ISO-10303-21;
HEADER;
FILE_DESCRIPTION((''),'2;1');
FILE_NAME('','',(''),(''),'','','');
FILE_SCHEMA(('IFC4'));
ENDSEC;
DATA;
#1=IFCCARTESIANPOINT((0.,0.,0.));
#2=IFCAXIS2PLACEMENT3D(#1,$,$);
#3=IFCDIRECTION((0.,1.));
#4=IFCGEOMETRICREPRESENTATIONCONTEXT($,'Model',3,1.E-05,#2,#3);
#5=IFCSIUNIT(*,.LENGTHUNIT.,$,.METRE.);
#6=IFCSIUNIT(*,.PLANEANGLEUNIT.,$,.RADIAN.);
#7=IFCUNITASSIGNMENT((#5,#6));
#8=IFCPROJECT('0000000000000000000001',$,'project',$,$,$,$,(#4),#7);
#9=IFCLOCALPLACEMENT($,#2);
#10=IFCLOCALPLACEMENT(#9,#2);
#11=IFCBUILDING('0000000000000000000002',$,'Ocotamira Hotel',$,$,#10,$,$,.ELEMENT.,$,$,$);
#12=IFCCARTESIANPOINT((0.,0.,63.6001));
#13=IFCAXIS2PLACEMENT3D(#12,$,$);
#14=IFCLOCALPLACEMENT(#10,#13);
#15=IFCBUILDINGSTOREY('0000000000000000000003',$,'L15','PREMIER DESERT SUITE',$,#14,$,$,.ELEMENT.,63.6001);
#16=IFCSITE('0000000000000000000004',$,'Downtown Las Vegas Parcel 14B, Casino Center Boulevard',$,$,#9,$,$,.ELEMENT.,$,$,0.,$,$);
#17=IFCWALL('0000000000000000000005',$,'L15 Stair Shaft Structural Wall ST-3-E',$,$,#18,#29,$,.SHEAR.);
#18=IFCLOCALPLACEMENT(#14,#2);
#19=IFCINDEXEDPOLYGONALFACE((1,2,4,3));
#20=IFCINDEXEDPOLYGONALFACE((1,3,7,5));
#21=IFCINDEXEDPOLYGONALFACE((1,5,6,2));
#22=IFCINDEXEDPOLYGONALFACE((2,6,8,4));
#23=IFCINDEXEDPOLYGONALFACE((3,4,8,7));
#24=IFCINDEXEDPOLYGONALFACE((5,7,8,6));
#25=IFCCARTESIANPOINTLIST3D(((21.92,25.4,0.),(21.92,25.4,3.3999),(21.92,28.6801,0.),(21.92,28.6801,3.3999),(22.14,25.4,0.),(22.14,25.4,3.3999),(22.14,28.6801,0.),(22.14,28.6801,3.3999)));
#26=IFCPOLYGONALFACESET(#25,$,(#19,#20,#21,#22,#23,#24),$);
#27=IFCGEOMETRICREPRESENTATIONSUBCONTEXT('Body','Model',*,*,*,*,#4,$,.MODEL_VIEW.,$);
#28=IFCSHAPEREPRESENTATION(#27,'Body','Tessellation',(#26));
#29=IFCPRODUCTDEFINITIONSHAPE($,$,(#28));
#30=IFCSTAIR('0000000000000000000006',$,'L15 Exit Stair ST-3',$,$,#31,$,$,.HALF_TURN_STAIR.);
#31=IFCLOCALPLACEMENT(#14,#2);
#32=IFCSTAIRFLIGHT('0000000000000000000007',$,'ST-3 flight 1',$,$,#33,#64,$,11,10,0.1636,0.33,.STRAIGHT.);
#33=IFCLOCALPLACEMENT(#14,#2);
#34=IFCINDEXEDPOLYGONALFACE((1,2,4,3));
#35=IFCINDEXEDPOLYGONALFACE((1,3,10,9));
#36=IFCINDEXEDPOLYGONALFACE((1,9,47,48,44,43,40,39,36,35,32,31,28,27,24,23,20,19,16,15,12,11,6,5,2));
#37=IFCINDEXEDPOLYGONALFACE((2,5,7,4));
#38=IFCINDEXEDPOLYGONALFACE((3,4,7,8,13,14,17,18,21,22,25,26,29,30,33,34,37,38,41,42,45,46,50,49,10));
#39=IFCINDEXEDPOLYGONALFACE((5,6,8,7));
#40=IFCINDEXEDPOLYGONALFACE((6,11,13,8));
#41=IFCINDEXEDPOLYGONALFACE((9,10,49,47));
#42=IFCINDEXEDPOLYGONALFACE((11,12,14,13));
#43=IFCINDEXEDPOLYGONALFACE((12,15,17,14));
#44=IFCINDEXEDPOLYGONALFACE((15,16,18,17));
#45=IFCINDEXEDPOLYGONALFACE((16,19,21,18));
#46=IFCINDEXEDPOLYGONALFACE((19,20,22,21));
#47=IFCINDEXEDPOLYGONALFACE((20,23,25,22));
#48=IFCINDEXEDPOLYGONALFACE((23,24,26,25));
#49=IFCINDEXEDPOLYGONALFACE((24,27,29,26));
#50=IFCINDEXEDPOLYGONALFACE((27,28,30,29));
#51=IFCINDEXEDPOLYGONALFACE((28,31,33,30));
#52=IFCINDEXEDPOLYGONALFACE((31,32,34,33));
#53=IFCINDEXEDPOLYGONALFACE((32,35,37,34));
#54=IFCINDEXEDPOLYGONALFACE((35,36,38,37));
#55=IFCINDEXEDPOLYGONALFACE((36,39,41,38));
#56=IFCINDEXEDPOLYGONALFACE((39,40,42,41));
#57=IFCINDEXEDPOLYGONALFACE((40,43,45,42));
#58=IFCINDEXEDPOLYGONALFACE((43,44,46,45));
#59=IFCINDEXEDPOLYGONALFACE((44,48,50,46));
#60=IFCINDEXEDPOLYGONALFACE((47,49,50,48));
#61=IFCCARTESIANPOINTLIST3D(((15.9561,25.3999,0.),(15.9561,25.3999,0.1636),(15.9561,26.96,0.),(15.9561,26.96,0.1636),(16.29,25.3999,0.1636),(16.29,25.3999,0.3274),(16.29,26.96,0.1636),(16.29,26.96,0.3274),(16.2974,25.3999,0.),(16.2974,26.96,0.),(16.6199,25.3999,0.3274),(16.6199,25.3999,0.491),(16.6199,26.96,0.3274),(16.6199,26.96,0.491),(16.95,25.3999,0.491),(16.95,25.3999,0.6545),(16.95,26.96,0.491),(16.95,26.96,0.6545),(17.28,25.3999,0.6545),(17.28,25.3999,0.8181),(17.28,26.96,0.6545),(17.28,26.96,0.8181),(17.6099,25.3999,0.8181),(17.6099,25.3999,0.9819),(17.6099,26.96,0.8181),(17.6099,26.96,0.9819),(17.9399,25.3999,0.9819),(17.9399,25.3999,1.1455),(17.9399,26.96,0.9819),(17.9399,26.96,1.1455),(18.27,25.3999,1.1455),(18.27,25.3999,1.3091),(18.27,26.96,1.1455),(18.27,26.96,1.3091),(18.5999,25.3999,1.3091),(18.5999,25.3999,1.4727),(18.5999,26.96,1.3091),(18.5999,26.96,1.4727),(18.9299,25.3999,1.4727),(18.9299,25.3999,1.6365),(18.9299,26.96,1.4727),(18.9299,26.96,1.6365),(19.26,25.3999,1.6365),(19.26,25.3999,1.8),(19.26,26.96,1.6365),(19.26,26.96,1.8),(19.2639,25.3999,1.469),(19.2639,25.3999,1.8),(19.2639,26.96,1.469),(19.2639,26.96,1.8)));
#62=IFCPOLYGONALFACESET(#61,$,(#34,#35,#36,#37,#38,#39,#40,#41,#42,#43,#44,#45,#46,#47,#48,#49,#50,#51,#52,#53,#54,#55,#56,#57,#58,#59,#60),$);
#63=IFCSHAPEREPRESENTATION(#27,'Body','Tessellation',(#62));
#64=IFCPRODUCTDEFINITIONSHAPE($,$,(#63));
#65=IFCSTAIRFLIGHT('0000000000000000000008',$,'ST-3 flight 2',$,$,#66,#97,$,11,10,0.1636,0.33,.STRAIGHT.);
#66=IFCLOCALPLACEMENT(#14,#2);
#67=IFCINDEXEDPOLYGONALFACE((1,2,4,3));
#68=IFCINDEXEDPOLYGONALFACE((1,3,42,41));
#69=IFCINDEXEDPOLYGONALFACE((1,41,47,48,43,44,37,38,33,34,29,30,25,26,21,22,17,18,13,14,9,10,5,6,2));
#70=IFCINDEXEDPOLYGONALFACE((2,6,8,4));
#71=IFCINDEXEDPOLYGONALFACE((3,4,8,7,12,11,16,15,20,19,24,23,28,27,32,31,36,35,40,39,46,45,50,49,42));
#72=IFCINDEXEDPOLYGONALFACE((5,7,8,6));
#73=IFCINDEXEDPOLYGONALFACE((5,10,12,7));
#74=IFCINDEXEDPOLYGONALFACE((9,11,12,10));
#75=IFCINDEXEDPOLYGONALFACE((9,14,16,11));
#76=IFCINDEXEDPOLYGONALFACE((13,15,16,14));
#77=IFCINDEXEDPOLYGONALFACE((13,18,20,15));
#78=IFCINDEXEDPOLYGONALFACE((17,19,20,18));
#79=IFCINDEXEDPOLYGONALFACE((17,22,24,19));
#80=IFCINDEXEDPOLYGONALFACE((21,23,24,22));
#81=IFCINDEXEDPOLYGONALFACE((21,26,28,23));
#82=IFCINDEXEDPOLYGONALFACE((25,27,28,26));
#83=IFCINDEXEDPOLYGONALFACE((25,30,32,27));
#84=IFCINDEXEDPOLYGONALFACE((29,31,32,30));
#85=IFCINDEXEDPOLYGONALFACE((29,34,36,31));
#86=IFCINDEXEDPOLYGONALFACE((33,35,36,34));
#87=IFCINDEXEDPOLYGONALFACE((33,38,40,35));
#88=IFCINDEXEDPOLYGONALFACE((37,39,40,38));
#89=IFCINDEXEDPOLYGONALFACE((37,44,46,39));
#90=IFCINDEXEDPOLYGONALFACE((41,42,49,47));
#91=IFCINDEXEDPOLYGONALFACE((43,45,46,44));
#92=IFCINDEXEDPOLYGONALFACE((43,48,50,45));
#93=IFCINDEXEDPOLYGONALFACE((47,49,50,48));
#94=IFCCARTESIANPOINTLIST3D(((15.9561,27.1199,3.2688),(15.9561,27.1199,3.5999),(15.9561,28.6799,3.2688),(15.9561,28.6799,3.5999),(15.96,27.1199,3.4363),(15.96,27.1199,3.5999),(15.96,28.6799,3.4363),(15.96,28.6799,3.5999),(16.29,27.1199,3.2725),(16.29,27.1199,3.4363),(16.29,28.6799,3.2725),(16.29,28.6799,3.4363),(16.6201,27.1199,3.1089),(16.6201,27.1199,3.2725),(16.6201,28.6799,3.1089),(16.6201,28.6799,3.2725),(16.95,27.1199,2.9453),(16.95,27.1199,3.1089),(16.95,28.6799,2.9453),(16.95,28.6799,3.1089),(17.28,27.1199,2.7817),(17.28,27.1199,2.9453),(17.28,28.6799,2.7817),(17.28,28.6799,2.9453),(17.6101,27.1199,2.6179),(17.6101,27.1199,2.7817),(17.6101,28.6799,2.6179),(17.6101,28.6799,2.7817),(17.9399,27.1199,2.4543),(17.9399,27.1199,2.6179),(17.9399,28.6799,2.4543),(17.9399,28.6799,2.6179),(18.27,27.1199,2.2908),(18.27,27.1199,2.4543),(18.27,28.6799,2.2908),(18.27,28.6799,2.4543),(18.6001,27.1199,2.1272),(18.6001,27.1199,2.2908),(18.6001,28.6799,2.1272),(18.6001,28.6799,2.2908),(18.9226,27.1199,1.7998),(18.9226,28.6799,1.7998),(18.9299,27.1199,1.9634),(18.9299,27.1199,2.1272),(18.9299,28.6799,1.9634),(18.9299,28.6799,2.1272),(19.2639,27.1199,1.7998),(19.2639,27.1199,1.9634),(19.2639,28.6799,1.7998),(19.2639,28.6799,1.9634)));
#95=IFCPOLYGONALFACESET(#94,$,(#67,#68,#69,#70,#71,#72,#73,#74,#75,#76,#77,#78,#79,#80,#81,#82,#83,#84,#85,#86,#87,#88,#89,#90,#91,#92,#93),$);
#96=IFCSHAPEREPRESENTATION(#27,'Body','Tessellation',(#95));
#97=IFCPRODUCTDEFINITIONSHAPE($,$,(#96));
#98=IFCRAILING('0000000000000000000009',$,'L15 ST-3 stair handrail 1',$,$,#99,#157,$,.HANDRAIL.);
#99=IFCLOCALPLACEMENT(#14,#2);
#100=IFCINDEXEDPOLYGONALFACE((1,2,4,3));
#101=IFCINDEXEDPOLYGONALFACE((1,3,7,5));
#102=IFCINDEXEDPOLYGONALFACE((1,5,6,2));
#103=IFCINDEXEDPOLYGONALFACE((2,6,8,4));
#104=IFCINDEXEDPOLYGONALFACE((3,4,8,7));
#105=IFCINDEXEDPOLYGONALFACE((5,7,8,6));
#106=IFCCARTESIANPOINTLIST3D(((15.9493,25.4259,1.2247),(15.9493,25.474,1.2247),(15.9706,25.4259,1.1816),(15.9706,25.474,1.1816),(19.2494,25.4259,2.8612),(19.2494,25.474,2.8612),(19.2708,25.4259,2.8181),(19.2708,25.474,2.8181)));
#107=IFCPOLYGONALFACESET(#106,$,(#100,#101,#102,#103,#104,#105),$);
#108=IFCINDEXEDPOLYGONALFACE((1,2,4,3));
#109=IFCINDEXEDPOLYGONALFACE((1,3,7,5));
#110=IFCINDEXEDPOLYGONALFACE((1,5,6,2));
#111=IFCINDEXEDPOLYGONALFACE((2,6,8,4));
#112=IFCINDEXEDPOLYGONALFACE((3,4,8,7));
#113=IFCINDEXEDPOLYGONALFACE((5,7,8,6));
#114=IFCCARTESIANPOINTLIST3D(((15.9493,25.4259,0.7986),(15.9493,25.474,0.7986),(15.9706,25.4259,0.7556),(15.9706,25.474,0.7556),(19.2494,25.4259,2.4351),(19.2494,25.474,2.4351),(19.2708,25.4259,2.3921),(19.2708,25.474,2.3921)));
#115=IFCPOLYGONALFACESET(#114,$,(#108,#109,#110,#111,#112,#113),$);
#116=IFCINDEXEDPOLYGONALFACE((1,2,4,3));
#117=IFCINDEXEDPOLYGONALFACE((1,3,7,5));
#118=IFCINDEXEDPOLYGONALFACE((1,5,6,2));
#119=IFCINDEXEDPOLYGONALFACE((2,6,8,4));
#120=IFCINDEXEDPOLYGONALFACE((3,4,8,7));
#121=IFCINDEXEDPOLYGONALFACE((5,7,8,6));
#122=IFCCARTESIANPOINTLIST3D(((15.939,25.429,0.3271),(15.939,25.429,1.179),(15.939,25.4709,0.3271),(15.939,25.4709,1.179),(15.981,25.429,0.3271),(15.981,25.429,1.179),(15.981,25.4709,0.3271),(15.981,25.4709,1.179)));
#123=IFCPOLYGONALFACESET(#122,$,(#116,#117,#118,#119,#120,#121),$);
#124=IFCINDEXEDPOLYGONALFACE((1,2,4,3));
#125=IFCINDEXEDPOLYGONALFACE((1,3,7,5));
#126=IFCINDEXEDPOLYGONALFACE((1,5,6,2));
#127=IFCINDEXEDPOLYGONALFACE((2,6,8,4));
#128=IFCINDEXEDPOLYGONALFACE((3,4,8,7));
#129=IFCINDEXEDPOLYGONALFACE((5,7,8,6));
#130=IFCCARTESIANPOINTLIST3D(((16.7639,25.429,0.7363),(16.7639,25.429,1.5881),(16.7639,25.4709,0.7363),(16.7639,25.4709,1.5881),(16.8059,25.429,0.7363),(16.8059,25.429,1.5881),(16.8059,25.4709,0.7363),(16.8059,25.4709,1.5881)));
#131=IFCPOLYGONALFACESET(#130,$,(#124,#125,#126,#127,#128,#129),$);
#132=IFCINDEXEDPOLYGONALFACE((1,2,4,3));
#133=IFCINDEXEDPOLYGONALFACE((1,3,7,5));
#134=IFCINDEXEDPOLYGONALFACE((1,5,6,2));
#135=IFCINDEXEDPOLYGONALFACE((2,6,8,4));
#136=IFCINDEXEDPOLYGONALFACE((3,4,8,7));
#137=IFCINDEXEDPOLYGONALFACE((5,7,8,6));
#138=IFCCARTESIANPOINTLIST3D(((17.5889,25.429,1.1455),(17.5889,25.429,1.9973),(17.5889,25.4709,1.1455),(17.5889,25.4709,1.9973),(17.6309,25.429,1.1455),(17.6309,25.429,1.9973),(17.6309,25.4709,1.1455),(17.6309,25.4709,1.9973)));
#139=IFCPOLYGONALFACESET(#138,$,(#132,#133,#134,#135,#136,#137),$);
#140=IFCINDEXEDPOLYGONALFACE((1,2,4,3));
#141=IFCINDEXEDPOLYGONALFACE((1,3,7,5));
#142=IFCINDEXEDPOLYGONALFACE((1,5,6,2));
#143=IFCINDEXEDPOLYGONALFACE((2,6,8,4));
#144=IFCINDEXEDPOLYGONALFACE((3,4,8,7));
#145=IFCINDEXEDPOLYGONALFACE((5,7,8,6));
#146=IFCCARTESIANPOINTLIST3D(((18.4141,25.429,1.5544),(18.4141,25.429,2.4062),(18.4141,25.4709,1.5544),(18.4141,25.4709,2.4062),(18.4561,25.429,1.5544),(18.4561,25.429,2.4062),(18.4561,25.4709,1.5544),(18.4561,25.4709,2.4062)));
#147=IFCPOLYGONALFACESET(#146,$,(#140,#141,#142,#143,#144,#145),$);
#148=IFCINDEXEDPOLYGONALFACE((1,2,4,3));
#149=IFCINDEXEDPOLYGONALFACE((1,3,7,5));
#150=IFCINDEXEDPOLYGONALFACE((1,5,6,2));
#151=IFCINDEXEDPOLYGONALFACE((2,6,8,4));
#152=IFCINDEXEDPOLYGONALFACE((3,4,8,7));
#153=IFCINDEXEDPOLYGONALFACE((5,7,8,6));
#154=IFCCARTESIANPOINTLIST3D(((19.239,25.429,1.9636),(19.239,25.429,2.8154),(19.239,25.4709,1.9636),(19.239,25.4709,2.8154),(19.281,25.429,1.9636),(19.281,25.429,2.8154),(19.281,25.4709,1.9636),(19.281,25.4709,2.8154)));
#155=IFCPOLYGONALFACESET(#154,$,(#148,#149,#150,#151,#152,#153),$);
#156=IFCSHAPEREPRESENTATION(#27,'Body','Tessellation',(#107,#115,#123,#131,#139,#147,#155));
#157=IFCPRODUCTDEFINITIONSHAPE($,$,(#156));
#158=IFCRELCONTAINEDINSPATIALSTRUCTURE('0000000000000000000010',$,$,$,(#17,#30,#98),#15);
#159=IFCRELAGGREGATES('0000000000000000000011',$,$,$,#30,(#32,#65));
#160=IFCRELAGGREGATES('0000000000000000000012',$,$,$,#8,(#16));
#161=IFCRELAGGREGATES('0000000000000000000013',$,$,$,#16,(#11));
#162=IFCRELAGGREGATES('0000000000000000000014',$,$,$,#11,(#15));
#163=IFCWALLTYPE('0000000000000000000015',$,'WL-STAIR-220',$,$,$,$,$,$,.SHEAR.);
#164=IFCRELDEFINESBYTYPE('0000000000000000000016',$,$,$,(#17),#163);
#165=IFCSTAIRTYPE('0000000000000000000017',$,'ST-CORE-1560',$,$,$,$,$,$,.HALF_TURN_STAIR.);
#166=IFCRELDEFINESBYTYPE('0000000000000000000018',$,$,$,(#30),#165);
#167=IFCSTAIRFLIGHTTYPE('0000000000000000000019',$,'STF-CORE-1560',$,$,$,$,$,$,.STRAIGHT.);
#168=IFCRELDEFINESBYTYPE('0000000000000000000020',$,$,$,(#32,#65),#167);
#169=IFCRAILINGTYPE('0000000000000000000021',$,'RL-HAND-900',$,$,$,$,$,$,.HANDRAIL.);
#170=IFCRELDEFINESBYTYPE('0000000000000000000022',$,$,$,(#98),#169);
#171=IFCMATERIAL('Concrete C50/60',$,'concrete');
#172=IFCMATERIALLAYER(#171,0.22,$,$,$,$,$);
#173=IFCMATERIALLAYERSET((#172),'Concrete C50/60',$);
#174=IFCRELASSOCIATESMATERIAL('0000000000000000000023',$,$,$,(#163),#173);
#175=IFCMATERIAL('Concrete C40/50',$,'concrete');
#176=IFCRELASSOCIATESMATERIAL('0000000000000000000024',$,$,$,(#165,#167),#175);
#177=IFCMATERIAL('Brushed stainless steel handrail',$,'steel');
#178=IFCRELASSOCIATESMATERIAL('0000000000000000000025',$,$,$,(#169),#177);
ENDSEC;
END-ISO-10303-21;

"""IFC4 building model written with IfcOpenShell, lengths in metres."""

from ifc_helpers import new_model, si_unit, direction, frame, frame_2d, origin, origin_2d, place, context, subcontext, project, spatial, polyline, rectangle, outline, extrude, source, transform, mapped, material, layer, layer_set, type_object, element, aggregate, save


model = new_model("IFC4")

# Units and contexts
model_context = context("Model", 3, precision=1e-05, world=origin(), true_north=direction((0.0, 1.0)))
body_context = subcontext(model_context, "Body", "Model", "MODEL_VIEW")
ifc_project = project(units=[si_unit("LENGTHUNIT", "METRE"), si_unit("PLANEANGLEUNIT", "RADIAN")], contexts=[model_context])

# Site, building, storey
site_placement = place(None, origin())
site = spatial("IfcSite", under=ifc_project, at=site_placement, Name="Downtown Las Vegas Parcel 14B, Casino Center Boulevard", CompositionType="ELEMENT", RefElevation=0.0)
building_placement = place(site_placement, origin())
building = spatial("IfcBuilding", under=site, at=building_placement, Name="Ocotamira Hotel", CompositionType="ELEMENT")
storey_placement = place(building_placement, frame((0.0, 0.0, 63.6001)))
storey = spatial("IfcBuildingStorey", under=building, at=storey_placement, Name="L15", Description="PREMIER DESERT SUITE", CompositionType="ELEMENT", Elevation=63.6001)

# Shared definitions
ifc_material_1 = material(Name="Concrete C50/60", Category="concrete")
ifc_layer_1 = layer(ifc_material_1, 0.22)
ifc_layer_set_1 = layer_set([ifc_layer_1], Name="Concrete C50/60")
wall_type_1 = type_object("IfcWallType", Name="WL-STAIR-220", PredefinedType="SHEAR", material=ifc_layer_set_1)

# Wall
for number, where, z_axis, x_axis, name in (
    (1, (22.03, 25.3999, 0.0), (0.0, 0.0, 1.0), (0.0, 1.0, 0.0), "L15 Stair Shaft Structural Wall ST-3-E"),
):
    element("IfcWall", number, at=place(storey_placement, frame(where, z_axis=z_axis, x_axis=x_axis)), inside=storey, type_object=wall_type_1, Name=name, PredefinedType="SHEAR", context=body_context, shape_type="SweptSolid", body=[
        extrude(rectangle(XDim=3.28, YDim=0.22, at=frame_2d((1.6401, 0.0))), origin(), (0.0, 0.0, 1.0), 3.3999),
    ])

# Stair, stair flights
ifc_material_2 = material(Name="Concrete C40/50", Category="concrete")
stair_type = type_object("IfcStairType", Name="ST-CORE-1560", PredefinedType="HALF_TURN_STAIR", material=ifc_material_2)
stair_placement = place(storey_placement, origin())
stair = element("IfcStair", 2, at=stair_placement, inside=storey, type_object=stair_type, Name="L15 Exit Stair ST-3", PredefinedType="HALF_TURN_STAIR")
stair_flight_type = type_object("IfcStairFlightType", Name="STF-CORE-1560", PredefinedType="STRAIGHT", material=ifc_material_2)
shared_shape_1 = source(origin(), body_context, "Body", "SweptSolid", [
    extrude(outline(polyline([(-0.0039, 0.0), (-0.0039, 0.1636), (0.3301, 0.1636), (0.3301, 0.3274), (0.6599, 0.3274), (0.6599, 0.491), (0.99, 0.491), (0.99, 0.6545), (1.3201, 0.6545), (1.3201, 0.8181), (1.6499, 0.8181), (1.6499, 0.9819), (1.98, 0.9819), (1.98, 1.1455), (2.3101, 1.1455), (2.3101, 1.3091), (2.6399, 1.3091), (2.6399, 1.4727), (2.97, 1.4727), (2.97, 1.6365), (3.3, 1.6365), (3.3, 1.8), (3.304, 1.8), (3.304, 1.469), (0.3374, 0.0), (-0.0039, 0.0)])), frame((0.0, 0.78, 0.0), z_axis=(0.0, -1.0, 0.0), x_axis=(1.0, 0.0, 0.0)), (0.0, 0.0, 1.0), 1.5601),
])
stair_flight_1_placement = place(storey_placement, frame((15.96, 26.1799, 0.0), z_axis=(0.0, 0.0, 1.0), x_axis=(1.0, 0.0, 0.0)))
stair_flight_1 = element("IfcStairFlight", 3, at=stair_flight_1_placement, type_object=stair_flight_type, Name="ST-3 flight 1", NumberOfRisers=11, NumberOfTreads=10, PredefinedType="STRAIGHT", RiserHeight=0.1636, TreadLength=0.33, context=body_context, shape_type="MappedRepresentation", body=[
    mapped(shared_shape_1, transform((0.0, 0.0, 0.0), scale=1.0)),
])
stair_flight_2_placement = place(storey_placement, frame((19.26, 27.8999, 1.7998), z_axis=(0.0, 0.0, 1.0), x_axis=(-1.0, 0.0, 0.0)))
stair_flight_2 = element("IfcStairFlight", 4, at=stair_flight_2_placement, type_object=stair_flight_type, Name="ST-3 flight 2", NumberOfRisers=11, NumberOfTreads=10, PredefinedType="STRAIGHT", RiserHeight=0.1636, TreadLength=0.33, context=body_context, shape_type="MappedRepresentation", body=[
    mapped(shared_shape_1, transform((0.0, 0.0, 0.0), scale=1.0)),
])
aggregate(stair, [stair_flight_1, stair_flight_2])

# Railing
ifc_material_3 = material(Name="Brushed stainless steel handrail", Category="steel")
railing_type_1 = type_object("IfcRailingType", Name="RL-HAND-900", PredefinedType="HANDRAIL", material=ifc_material_3)
railing_1_placement = place(storey_placement, frame((15.96, 25.45, 0.3271)))
element("IfcRailing", 5, at=railing_1_placement, inside=storey, type_object=railing_type_1, Name="L15 ST-3 stair handrail 1", PredefinedType="HANDRAIL", context=body_context, shape_type="SweptSolid", body=[
    extrude(rectangle(XDim=0.0481, YDim=0.0481, at=origin_2d()), frame((0.0, 0.0, 0.876), z_axis=(0.895894, 0.0, 0.444268), x_axis=(0.0, 1.0, 0.0)), (0.0, 0.0, 1.0), 3.6836),
    extrude(rectangle(XDim=0.0481, YDim=0.0481, at=origin_2d()), frame((0.0, 0.0, 0.45), z_axis=(0.895894, 0.0, 0.444268), x_axis=(0.0, 1.0, 0.0)), (0.0, 0.0, 1.0), 3.6836),
    extrude(rectangle(XDim=0.042, YDim=0.042, at=origin_2d()), origin(), (0.0, 0.0, 1.0), 0.8518),
    extrude(rectangle(XDim=0.042, YDim=0.042, at=origin_2d()), frame((0.825, 0.0, 0.4092)), (0.0, 0.0, 1.0), 0.8518),
    extrude(rectangle(XDim=0.042, YDim=0.042, at=origin_2d()), frame((1.6499, 0.0, 0.8184)), (0.0, 0.0, 1.0), 0.8518),
    extrude(rectangle(XDim=0.042, YDim=0.042, at=origin_2d()), frame((2.4751, 0.0, 1.2273)), (0.0, 0.0, 1.0), 0.8518),
    extrude(rectangle(XDim=0.042, YDim=0.042, at=origin_2d()), frame((3.3, 0.0, 1.6365)), (0.0, 0.0, 1.0), 0.8518),
])

save(model, "model.ifc")
